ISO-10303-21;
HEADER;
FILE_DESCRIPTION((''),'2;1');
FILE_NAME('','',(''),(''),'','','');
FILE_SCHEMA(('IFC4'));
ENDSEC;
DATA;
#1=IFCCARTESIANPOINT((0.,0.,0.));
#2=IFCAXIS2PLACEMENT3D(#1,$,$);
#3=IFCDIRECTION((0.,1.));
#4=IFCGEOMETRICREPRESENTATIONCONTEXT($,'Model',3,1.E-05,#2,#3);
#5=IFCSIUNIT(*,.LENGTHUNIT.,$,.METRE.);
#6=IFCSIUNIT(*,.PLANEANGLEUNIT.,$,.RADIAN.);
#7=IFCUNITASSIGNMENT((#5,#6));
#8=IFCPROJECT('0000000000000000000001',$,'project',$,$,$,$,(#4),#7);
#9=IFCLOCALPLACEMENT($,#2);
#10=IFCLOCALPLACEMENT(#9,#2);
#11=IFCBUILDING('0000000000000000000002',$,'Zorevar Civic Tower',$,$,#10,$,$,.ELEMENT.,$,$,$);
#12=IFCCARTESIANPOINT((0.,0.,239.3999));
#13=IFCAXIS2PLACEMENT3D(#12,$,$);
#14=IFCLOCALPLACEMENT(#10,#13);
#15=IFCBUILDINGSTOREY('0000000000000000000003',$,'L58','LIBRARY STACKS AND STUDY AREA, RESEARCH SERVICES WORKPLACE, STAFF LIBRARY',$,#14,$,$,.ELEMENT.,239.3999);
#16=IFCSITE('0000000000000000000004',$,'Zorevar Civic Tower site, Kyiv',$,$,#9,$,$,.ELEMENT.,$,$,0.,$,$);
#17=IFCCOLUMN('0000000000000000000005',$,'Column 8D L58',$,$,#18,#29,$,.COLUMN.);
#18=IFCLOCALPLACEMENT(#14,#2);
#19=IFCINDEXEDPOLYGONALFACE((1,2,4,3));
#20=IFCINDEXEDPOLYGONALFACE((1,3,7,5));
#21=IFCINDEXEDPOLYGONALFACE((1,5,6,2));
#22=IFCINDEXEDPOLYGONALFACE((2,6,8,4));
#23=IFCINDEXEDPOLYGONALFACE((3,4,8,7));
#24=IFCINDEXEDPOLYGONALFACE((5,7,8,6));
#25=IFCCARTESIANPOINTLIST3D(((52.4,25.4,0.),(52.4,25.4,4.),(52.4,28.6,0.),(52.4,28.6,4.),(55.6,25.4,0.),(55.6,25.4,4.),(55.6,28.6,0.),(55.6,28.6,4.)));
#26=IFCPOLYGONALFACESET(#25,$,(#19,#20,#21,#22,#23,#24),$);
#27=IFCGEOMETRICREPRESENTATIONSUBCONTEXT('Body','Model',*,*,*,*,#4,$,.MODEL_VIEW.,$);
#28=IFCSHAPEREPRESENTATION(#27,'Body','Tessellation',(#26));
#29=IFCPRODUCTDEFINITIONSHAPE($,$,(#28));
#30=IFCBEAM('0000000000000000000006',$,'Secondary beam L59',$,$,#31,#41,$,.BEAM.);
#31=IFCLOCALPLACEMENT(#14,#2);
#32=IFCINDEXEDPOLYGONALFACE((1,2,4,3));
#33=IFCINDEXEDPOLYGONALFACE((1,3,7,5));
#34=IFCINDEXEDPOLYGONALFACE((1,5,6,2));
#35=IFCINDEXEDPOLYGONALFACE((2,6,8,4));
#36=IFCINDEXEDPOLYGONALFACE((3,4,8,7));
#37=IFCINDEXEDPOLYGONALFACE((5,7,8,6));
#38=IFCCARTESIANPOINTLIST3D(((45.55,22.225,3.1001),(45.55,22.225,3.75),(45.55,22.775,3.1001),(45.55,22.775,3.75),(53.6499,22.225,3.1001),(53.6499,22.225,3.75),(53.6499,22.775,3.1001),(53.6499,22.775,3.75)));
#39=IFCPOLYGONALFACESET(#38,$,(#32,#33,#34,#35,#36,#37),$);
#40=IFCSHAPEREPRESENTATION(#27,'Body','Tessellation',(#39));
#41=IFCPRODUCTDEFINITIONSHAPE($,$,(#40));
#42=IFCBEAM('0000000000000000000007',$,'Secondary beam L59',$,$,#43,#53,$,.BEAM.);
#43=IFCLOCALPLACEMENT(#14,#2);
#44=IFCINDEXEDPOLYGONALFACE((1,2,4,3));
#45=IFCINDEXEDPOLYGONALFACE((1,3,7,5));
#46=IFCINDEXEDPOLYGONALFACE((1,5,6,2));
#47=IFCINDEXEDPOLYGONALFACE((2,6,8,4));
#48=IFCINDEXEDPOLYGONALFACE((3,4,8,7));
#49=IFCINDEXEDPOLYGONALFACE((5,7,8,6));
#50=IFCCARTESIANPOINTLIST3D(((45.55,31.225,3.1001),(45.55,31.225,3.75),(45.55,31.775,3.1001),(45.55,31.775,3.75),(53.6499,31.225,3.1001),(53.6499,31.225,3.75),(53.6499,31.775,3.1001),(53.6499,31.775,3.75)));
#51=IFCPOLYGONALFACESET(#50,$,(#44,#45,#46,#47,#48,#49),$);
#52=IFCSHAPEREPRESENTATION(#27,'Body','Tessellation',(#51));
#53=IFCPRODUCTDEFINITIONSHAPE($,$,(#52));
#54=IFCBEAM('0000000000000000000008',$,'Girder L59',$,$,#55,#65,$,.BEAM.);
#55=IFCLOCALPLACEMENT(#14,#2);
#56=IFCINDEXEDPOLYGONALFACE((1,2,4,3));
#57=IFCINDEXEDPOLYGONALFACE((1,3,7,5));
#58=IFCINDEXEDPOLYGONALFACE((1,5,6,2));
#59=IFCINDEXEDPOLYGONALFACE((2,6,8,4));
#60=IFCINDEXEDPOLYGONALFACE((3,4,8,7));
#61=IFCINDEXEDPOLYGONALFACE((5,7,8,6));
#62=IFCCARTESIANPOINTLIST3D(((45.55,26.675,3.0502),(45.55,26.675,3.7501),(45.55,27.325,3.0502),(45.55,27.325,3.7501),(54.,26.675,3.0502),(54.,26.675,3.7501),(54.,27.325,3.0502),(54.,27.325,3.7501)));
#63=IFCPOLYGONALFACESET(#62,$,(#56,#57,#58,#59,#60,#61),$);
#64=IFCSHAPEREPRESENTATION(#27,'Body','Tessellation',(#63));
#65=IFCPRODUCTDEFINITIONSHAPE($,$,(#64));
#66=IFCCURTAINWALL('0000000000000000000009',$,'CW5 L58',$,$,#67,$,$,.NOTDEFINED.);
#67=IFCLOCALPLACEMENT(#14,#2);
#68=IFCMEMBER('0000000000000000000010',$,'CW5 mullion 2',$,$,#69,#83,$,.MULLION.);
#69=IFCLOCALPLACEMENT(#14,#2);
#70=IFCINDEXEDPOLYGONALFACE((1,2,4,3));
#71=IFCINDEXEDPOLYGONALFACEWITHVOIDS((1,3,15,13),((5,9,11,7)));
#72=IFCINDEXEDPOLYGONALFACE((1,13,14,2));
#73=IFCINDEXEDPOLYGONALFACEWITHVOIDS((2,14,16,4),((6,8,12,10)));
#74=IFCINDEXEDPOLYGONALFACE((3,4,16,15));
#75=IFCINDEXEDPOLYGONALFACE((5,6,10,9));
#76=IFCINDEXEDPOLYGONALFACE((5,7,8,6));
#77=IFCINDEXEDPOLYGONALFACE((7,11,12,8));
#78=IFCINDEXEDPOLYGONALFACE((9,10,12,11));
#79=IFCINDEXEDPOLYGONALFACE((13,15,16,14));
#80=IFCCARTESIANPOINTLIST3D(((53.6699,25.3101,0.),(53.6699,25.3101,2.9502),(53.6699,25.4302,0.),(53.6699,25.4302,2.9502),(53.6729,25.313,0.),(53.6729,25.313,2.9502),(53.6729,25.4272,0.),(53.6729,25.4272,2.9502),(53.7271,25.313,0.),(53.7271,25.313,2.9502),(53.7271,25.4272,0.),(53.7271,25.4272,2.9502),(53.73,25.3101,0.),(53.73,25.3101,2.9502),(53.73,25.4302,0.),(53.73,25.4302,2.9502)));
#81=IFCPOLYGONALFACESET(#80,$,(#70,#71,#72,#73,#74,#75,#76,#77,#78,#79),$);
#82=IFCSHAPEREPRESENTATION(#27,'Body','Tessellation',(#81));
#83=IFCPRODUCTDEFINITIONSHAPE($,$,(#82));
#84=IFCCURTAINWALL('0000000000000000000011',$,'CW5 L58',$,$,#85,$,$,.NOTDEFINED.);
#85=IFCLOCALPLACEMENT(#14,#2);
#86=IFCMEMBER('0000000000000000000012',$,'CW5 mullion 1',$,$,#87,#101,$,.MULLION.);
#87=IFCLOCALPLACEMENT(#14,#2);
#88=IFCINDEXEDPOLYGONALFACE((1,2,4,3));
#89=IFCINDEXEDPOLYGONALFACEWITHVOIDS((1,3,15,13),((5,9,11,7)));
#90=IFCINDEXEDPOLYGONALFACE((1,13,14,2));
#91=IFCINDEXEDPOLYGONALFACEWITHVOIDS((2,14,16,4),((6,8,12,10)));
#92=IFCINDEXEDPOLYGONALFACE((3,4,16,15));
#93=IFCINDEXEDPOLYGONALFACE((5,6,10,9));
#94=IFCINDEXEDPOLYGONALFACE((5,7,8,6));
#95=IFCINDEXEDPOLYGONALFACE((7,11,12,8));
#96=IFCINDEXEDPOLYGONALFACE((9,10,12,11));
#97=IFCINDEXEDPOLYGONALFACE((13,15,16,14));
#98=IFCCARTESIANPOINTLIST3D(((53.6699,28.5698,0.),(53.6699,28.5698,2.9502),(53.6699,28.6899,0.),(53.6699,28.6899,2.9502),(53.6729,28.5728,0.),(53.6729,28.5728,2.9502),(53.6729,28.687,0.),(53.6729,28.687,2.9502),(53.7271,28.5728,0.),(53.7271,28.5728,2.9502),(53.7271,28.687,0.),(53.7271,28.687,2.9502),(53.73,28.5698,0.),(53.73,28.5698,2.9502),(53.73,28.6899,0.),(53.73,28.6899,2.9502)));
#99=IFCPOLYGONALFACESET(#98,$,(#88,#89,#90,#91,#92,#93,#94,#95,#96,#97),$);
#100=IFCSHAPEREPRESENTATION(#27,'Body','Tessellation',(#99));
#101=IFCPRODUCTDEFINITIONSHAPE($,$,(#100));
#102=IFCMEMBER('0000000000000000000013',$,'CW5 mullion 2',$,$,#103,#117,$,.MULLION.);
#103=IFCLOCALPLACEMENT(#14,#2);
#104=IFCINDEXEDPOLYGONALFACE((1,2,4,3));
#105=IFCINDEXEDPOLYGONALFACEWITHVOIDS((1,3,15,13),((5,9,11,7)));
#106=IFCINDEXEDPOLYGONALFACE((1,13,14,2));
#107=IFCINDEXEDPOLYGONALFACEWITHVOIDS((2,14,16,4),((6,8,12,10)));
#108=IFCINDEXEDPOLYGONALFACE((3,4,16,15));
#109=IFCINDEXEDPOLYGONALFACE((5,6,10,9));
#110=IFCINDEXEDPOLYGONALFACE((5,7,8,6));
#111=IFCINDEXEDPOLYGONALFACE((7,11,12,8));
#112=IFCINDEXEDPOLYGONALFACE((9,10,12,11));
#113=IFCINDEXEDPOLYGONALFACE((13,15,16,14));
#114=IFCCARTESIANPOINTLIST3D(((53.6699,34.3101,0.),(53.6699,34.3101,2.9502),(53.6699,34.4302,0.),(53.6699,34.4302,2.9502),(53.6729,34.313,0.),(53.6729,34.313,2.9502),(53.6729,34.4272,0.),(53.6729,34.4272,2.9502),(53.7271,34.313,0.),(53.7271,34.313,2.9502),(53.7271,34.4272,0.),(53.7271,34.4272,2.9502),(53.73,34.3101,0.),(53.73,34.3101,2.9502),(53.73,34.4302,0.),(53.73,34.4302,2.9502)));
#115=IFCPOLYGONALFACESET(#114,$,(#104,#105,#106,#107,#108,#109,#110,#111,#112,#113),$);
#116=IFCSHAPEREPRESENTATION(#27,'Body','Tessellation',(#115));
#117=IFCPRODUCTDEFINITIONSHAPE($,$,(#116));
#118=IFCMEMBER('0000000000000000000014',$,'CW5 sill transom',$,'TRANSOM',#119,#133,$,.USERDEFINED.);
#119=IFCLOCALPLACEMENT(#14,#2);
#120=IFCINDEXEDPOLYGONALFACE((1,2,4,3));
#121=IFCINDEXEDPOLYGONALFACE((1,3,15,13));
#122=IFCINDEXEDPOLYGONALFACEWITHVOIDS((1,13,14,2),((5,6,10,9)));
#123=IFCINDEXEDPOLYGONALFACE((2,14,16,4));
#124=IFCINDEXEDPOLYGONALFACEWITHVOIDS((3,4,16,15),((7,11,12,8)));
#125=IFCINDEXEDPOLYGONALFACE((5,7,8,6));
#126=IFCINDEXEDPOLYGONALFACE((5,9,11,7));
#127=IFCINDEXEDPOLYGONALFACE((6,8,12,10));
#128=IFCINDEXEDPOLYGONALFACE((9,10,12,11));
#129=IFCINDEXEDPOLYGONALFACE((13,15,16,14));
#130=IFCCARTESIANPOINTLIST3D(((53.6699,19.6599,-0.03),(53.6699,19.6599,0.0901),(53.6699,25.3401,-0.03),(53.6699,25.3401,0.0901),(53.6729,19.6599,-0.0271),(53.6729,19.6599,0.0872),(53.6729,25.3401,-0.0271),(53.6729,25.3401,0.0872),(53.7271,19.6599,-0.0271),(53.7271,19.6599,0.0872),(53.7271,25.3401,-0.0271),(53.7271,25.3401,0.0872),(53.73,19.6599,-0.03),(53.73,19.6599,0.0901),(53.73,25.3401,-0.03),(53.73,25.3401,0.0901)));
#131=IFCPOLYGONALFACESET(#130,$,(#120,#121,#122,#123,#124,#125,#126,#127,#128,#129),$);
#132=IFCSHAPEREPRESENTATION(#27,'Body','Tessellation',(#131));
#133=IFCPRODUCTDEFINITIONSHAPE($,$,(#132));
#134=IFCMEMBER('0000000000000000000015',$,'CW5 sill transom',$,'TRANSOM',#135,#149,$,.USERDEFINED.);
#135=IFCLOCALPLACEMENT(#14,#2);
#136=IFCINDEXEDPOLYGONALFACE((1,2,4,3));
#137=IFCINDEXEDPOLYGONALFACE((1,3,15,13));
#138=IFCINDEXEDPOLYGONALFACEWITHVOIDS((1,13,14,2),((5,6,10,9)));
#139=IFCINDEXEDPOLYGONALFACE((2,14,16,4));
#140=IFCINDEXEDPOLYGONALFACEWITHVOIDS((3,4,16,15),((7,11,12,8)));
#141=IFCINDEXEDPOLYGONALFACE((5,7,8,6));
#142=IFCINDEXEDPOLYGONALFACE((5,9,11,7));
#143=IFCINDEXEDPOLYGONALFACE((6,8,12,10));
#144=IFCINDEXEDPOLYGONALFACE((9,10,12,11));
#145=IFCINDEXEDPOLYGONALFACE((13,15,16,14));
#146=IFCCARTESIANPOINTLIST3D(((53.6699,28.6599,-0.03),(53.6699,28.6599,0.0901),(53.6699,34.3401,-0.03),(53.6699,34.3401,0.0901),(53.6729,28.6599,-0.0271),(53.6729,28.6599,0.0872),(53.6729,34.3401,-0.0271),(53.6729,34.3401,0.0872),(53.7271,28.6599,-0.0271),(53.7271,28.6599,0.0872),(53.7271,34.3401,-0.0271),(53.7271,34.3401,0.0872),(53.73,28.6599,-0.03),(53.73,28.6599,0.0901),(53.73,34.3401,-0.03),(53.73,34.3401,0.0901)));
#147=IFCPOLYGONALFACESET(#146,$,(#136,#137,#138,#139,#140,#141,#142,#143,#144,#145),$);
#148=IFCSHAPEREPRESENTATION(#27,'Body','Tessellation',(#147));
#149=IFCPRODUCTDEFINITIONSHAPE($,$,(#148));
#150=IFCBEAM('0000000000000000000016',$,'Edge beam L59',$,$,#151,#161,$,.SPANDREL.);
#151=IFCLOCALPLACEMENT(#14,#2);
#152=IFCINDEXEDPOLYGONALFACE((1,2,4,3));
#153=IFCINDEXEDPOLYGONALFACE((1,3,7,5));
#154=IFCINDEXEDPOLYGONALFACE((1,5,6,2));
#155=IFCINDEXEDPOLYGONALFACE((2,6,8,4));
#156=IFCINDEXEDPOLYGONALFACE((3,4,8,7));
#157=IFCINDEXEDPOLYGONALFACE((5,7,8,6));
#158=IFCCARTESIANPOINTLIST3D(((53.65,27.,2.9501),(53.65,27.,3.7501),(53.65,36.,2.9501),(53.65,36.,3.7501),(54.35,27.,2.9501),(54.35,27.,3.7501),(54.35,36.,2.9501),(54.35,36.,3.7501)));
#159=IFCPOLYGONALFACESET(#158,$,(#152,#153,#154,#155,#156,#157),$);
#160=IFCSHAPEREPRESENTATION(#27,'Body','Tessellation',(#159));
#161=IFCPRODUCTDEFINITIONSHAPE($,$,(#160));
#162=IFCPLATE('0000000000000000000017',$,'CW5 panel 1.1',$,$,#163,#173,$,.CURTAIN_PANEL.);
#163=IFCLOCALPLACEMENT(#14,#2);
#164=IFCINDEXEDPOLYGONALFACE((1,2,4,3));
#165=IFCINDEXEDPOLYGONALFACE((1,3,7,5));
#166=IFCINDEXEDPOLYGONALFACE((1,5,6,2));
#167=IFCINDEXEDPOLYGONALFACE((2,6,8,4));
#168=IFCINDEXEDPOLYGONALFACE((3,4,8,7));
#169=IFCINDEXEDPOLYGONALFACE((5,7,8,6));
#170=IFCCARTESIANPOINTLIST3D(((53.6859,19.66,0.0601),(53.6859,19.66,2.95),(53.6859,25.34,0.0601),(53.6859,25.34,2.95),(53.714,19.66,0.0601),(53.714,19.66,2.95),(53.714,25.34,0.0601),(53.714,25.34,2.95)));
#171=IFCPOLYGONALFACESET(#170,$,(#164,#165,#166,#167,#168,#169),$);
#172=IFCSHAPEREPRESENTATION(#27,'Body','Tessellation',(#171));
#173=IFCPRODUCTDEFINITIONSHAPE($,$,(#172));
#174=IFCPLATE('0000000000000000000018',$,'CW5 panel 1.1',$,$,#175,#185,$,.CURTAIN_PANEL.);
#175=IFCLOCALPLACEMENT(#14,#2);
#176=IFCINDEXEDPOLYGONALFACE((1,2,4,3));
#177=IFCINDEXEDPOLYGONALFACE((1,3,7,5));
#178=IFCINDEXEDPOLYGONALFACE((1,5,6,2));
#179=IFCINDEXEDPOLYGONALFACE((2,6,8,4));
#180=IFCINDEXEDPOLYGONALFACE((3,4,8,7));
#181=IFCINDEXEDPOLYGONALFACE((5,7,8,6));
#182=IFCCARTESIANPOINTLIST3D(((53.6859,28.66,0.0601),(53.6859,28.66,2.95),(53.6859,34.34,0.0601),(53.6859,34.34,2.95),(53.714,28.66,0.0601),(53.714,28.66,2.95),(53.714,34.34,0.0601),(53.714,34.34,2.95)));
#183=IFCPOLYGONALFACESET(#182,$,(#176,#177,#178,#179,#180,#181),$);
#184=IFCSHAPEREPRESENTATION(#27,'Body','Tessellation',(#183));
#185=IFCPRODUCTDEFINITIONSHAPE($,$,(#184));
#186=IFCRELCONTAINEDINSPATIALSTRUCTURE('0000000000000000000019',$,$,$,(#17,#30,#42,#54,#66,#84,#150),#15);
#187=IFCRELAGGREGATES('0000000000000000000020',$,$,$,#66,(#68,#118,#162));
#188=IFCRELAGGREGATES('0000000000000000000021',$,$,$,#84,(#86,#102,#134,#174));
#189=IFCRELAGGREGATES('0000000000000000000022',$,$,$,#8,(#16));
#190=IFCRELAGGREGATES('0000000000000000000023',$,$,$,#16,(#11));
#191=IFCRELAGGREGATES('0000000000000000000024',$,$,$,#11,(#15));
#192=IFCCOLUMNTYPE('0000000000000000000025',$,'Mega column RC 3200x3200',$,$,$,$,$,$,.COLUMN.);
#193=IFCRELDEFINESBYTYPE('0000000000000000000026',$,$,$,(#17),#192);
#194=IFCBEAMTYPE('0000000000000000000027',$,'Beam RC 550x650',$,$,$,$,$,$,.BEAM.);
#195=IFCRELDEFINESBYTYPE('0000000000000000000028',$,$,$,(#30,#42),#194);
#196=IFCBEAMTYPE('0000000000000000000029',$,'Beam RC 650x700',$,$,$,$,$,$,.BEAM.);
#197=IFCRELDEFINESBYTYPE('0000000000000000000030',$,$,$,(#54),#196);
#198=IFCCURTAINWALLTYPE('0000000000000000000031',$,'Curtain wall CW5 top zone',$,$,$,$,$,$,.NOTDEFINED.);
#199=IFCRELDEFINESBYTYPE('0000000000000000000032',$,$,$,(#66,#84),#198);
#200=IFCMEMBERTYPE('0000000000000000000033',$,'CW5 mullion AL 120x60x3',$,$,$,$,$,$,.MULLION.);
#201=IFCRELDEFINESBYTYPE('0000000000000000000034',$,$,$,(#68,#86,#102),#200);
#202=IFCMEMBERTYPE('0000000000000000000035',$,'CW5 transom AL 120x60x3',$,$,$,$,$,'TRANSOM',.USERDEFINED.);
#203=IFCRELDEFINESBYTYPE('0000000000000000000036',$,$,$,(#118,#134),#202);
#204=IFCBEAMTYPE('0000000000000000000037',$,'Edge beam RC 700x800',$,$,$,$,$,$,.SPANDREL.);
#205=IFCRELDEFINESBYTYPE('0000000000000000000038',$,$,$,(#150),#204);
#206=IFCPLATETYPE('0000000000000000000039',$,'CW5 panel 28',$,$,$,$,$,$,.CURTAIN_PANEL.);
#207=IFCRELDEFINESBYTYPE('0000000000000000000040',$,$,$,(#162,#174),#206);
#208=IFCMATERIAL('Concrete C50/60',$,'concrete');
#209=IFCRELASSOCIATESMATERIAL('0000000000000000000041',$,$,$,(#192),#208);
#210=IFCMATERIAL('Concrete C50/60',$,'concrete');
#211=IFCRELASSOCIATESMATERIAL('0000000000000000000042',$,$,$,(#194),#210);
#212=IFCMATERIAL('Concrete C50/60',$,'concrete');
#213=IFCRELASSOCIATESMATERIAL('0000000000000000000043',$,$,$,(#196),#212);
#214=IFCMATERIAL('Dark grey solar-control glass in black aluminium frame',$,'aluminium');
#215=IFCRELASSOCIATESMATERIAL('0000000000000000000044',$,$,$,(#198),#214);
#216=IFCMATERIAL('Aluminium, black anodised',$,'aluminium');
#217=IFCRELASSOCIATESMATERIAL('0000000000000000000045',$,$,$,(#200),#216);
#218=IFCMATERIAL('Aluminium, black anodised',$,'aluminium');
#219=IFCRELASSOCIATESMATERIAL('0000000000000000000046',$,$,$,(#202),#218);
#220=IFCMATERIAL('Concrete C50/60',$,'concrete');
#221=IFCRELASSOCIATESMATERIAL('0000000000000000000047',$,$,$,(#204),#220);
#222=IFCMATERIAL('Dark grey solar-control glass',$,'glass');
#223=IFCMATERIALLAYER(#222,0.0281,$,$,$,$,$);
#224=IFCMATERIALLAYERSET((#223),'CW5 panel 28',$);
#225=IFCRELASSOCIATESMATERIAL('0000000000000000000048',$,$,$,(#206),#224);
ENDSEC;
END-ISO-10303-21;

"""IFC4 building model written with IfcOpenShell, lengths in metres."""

from ifc_helpers import new_model, si_unit, direction, frame, origin, origin_2d, place, context, subcontext, project, spatial, rectangle, hollow_rectangle, extrude, material, layer, layer_set, material_profile, profile_set, type_object, element, aggregate, save


model = new_model("IFC4")

# Units and contexts
model_context = context("Model", 3, precision=1e-05, world=origin(), true_north=direction((0.0, 1.0)))
body_context = subcontext(model_context, "Body", "Model", "MODEL_VIEW")
ifc_project = project(units=[si_unit("LENGTHUNIT", "METRE"), si_unit("PLANEANGLEUNIT", "RADIAN")], contexts=[model_context])

# Site, building, storey
site_placement = place(None, origin())
site = spatial("IfcSite", under=ifc_project, at=site_placement, Name="Zorevar Civic Tower site, Kyiv", CompositionType="ELEMENT", RefElevation=0.0)
building_placement = place(site_placement, origin())
building = spatial("IfcBuilding", under=site, at=building_placement, Name="Zorevar Civic Tower", CompositionType="ELEMENT")
storey_placement = place(building_placement, frame((0.0, 0.0, 239.3999)))
storey = spatial("IfcBuildingStorey", under=building, at=storey_placement, Name="L58", Description="LIBRARY STACKS AND STUDY AREA, RESEARCH SERVICES WORKPLACE, STAFF LIBRARY", CompositionType="ELEMENT", Elevation=239.3999)

# Column
ifc_material_1 = material(Name="Concrete C50/60", Category="concrete")
ifc_material_profile_1 = material_profile(ifc_material_1, rectangle(XDim=3.2, YDim=3.2, at=origin_2d()), Name="RC 3200x3200")
ifc_profile_set_1 = profile_set([ifc_material_profile_1], Name="Concrete C50/60")
column_type = type_object("IfcColumnType", Name="Mega column RC 3200x3200", PredefinedType="COLUMN", material=ifc_profile_set_1)
column_placement = place(storey_placement, frame((54.0, 27.0, 0.0), z_axis=(0.0, 0.0, 1.0), x_axis=(1.0, 0.0, 0.0)))
element("IfcColumn", 1, at=column_placement, inside=storey, type_object=column_type, Name="Column 8D L58", PredefinedType="COLUMN", context=body_context, shape_type="SweptSolid", body=[
    extrude(rectangle(XDim=3.2, YDim=3.2, at=origin_2d()), origin(), (0.0, 0.0, 1.0), 4.0),
])

# Beams
ifc_material_2 = material(Name="Concrete C50/60", Category="concrete")
ifc_material_profile_2 = material_profile(ifc_material_2, rectangle(XDim=0.55, YDim=0.6499, at=origin_2d()), Name="RC 550x650")
ifc_profile_set_2 = profile_set([ifc_material_profile_2], Name="Concrete C50/60")
beam_type_1 = type_object("IfcBeamType", Name="Beam RC 550x650", PredefinedType="BEAM", material=ifc_profile_set_2)
for number, where, z_axis, x_axis, name in (
    (2, (45.55, 22.5, 3.425), (1.0, 0.0, 0.0), (0.0, 1.0, 0.0), "Secondary beam L59"),
    (3, (45.55, 31.5, 3.425), (1.0, 0.0, 0.0), (0.0, 1.0, 0.0), "Secondary beam L59"),
):
    element("IfcBeam", number, at=place(storey_placement, frame(where, z_axis=z_axis, x_axis=x_axis)), inside=storey, type_object=beam_type_1, Name=name, PredefinedType="BEAM", context=body_context, shape_type="SweptSolid", body=[
        extrude(rectangle(XDim=0.55, YDim=0.6499, at=origin_2d()), origin(), (0.0, 0.0, 1.0), 8.0999),
    ])
ifc_material_3 = material(Name="Concrete C50/60", Category="concrete")
ifc_material_profile_3 = material_profile(ifc_material_3, rectangle(XDim=0.6499, YDim=0.7, at=origin_2d()), Name="RC 650x700")
ifc_profile_set_3 = profile_set([ifc_material_profile_3], Name="Concrete C50/60")
beam_type_2 = type_object("IfcBeamType", Name="Beam RC 650x700", PredefinedType="BEAM", material=ifc_profile_set_3)
beam_1_placement = place(storey_placement, frame((45.55, 27.0, 3.4001), z_axis=(1.0, 0.0, 0.0), x_axis=(0.0, 1.0, 0.0)))
element("IfcBeam", 4, at=beam_1_placement, inside=storey, type_object=beam_type_2, Name="Girder L59", PredefinedType="BEAM", context=body_context, shape_type="SweptSolid", body=[
    extrude(rectangle(XDim=0.6499, YDim=0.7, at=origin_2d()), origin(), (0.0, 0.0, 1.0), 8.45),
])

# Curtain wall, member
ifc_material_4 = material(Name="Dark grey solar-control glass in black aluminium frame", Category="aluminium")
curtain_wall_type = type_object("IfcCurtainWallType", Name="Curtain wall CW5 top zone", PredefinedType="NOTDEFINED", material=ifc_material_4)
curtain_wall_1_placement = place(storey_placement, origin())
curtain_wall_1 = element("IfcCurtainWall", 5, at=curtain_wall_1_placement, inside=storey, type_object=curtain_wall_type, Name="CW5 L58", PredefinedType="NOTDEFINED")
ifc_material_5 = material(Name="Aluminium, black anodised", Category="aluminium")
ifc_material_profile_4 = material_profile(ifc_material_5, hollow_rectangle(XDim=0.0601, YDim=0.1201, WallThickness=0.0029, at=origin_2d()), Name="AL 120x60x3")
ifc_profile_set_4 = profile_set([ifc_material_profile_4], Name="Aluminium, black anodised")
member_type_1 = type_object("IfcMemberType", Name="CW5 mullion AL 120x60x3", PredefinedType="MULLION", material=ifc_profile_set_4)
member_1_placement = place(storey_placement, frame((53.7, 25.3701, 0.0), z_axis=(0.0, 0.0, 1.0), x_axis=(-1.0, 0.0, 0.0)))
member_1 = element("IfcMember", 6, at=member_1_placement, type_object=member_type_1, Name="CW5 mullion 2", PredefinedType="MULLION", context=body_context, shape_type="SweptSolid", body=[
    extrude(hollow_rectangle(XDim=0.0601, YDim=0.1201, WallThickness=0.0029, at=origin_2d()), origin(), (0.0, 0.0, 1.0), 2.9502),
])

# Curtain wall, members
curtain_wall_2_placement = place(storey_placement, origin())
curtain_wall_2 = element("IfcCurtainWall", 7, at=curtain_wall_2_placement, inside=storey, type_object=curtain_wall_type, Name="CW5 L58", PredefinedType="NOTDEFINED")
member_2_placement = place(storey_placement, frame((53.7, 28.6299, 0.0), z_axis=(0.0, 0.0, 1.0), x_axis=(-1.0, 0.0, 0.0)))
member_2 = element("IfcMember", 8, at=member_2_placement, type_object=member_type_1, Name="CW5 mullion 1", PredefinedType="MULLION", context=body_context, shape_type="SweptSolid", body=[
    extrude(hollow_rectangle(XDim=0.0601, YDim=0.1201, WallThickness=0.0029, at=origin_2d()), origin(), (0.0, 0.0, 1.0), 2.9502),
])
member_3_placement = place(storey_placement, frame((53.7, 34.3701, 0.0), z_axis=(0.0, 0.0, 1.0), x_axis=(-1.0, 0.0, 0.0)))
member_3 = element("IfcMember", 9, at=member_3_placement, type_object=member_type_1, Name="CW5 mullion 2", PredefinedType="MULLION", context=body_context, shape_type="SweptSolid", body=[
    extrude(hollow_rectangle(XDim=0.0601, YDim=0.1201, WallThickness=0.0029, at=origin_2d()), origin(), (0.0, 0.0, 1.0), 2.9502),
])

# Members
ifc_material_6 = material(Name="Aluminium, black anodised", Category="aluminium")
ifc_material_profile_5 = material_profile(ifc_material_6, hollow_rectangle(XDim=0.0601, YDim=0.1201, WallThickness=0.0029, at=origin_2d()), Name="AL 120x60x3")
ifc_profile_set_5 = profile_set([ifc_material_profile_5], Name="Aluminium, black anodised")
member_type_2 = type_object("IfcMemberType", Name="CW5 transom AL 120x60x3", ElementType="TRANSOM", PredefinedType="USERDEFINED", material=ifc_profile_set_5)
member_4_placement = place(storey_placement, frame((53.7, 19.6599, 0.03), z_axis=(0.0, 1.0, 0.0), x_axis=(-1.0, 0.0, 0.0)))
member_4 = element("IfcMember", 10, at=member_4_placement, type_object=member_type_2, Name="CW5 sill transom", ObjectType="TRANSOM", PredefinedType="USERDEFINED", context=body_context, shape_type="SweptSolid", body=[
    extrude(hollow_rectangle(XDim=0.0601, YDim=0.1201, WallThickness=0.0029, at=origin_2d()), origin(), (0.0, 0.0, 1.0), 5.6802),
])
member_5_placement = place(storey_placement, frame((53.7, 28.6599, 0.03), z_axis=(0.0, 1.0, 0.0), x_axis=(-1.0, 0.0, 0.0)))
member_5 = element("IfcMember", 11, at=member_5_placement, type_object=member_type_2, Name="CW5 sill transom", ObjectType="TRANSOM", PredefinedType="USERDEFINED", context=body_context, shape_type="SweptSolid", body=[
    extrude(hollow_rectangle(XDim=0.0601, YDim=0.1201, WallThickness=0.0029, at=origin_2d()), origin(), (0.0, 0.0, 1.0), 5.6802),
])

# Beam
ifc_material_7 = material(Name="Concrete C50/60", Category="concrete")
ifc_material_profile_6 = material_profile(ifc_material_7, rectangle(XDim=0.7, YDim=0.8, at=origin_2d()), Name="RC 700x800")
ifc_profile_set_6 = profile_set([ifc_material_profile_6], Name="Concrete C50/60")
beam_type_3 = type_object("IfcBeamType", Name="Edge beam RC 700x800", PredefinedType="SPANDREL", material=ifc_profile_set_6)
beam_2_placement = place(storey_placement, frame((54.0, 27.0, 3.3501), z_axis=(0.0, 1.0, 0.0), x_axis=(-1.0, 0.0, 0.0)))
element("IfcBeam", 12, at=beam_2_placement, inside=storey, type_object=beam_type_3, Name="Edge beam L59", PredefinedType="SPANDREL", context=body_context, shape_type="SweptSolid", body=[
    extrude(rectangle(XDim=0.7, YDim=0.8, at=origin_2d()), origin(), (0.0, 0.0, 1.0), 9.0),
])

# Plates
ifc_material_8 = material(Name="Dark grey solar-control glass", Category="glass")
ifc_layer_1 = layer(ifc_material_8, 0.0281)
ifc_layer_set_1 = layer_set([ifc_layer_1], Name="CW5 panel 28")
plate_type = type_object("IfcPlateType", Name="CW5 panel 28", PredefinedType="CURTAIN_PANEL", material=ifc_layer_set_1)
plate_1_placement = place(storey_placement, frame((53.7, 22.5, 0.0601), z_axis=(0.0, 0.0, 1.0), x_axis=(0.0, 1.0, 0.0)))
plate_1 = element("IfcPlate", 13, at=plate_1_placement, type_object=plate_type, Name="CW5 panel 1.1", PredefinedType="CURTAIN_PANEL", context=body_context, shape_type="SweptSolid", body=[
    extrude(rectangle(XDim=5.6799, YDim=0.0281, at=origin_2d()), origin(), (0.0, 0.0, 1.0), 2.8899),
])
aggregate(curtain_wall_1, [member_1, member_4, plate_1])
plate_2_placement = place(storey_placement, frame((53.7, 31.5, 0.0601), z_axis=(0.0, 0.0, 1.0), x_axis=(0.0, 1.0, 0.0)))
plate_2 = element("IfcPlate", 14, at=plate_2_placement, type_object=plate_type, Name="CW5 panel 1.1", PredefinedType="CURTAIN_PANEL", context=body_context, shape_type="SweptSolid", body=[
    extrude(rectangle(XDim=5.6799, YDim=0.0281, at=origin_2d()), origin(), (0.0, 0.0, 1.0), 2.8899),
])
aggregate(curtain_wall_2, [member_2, member_3, member_5, plate_2])

save(model, "model.ifc")
